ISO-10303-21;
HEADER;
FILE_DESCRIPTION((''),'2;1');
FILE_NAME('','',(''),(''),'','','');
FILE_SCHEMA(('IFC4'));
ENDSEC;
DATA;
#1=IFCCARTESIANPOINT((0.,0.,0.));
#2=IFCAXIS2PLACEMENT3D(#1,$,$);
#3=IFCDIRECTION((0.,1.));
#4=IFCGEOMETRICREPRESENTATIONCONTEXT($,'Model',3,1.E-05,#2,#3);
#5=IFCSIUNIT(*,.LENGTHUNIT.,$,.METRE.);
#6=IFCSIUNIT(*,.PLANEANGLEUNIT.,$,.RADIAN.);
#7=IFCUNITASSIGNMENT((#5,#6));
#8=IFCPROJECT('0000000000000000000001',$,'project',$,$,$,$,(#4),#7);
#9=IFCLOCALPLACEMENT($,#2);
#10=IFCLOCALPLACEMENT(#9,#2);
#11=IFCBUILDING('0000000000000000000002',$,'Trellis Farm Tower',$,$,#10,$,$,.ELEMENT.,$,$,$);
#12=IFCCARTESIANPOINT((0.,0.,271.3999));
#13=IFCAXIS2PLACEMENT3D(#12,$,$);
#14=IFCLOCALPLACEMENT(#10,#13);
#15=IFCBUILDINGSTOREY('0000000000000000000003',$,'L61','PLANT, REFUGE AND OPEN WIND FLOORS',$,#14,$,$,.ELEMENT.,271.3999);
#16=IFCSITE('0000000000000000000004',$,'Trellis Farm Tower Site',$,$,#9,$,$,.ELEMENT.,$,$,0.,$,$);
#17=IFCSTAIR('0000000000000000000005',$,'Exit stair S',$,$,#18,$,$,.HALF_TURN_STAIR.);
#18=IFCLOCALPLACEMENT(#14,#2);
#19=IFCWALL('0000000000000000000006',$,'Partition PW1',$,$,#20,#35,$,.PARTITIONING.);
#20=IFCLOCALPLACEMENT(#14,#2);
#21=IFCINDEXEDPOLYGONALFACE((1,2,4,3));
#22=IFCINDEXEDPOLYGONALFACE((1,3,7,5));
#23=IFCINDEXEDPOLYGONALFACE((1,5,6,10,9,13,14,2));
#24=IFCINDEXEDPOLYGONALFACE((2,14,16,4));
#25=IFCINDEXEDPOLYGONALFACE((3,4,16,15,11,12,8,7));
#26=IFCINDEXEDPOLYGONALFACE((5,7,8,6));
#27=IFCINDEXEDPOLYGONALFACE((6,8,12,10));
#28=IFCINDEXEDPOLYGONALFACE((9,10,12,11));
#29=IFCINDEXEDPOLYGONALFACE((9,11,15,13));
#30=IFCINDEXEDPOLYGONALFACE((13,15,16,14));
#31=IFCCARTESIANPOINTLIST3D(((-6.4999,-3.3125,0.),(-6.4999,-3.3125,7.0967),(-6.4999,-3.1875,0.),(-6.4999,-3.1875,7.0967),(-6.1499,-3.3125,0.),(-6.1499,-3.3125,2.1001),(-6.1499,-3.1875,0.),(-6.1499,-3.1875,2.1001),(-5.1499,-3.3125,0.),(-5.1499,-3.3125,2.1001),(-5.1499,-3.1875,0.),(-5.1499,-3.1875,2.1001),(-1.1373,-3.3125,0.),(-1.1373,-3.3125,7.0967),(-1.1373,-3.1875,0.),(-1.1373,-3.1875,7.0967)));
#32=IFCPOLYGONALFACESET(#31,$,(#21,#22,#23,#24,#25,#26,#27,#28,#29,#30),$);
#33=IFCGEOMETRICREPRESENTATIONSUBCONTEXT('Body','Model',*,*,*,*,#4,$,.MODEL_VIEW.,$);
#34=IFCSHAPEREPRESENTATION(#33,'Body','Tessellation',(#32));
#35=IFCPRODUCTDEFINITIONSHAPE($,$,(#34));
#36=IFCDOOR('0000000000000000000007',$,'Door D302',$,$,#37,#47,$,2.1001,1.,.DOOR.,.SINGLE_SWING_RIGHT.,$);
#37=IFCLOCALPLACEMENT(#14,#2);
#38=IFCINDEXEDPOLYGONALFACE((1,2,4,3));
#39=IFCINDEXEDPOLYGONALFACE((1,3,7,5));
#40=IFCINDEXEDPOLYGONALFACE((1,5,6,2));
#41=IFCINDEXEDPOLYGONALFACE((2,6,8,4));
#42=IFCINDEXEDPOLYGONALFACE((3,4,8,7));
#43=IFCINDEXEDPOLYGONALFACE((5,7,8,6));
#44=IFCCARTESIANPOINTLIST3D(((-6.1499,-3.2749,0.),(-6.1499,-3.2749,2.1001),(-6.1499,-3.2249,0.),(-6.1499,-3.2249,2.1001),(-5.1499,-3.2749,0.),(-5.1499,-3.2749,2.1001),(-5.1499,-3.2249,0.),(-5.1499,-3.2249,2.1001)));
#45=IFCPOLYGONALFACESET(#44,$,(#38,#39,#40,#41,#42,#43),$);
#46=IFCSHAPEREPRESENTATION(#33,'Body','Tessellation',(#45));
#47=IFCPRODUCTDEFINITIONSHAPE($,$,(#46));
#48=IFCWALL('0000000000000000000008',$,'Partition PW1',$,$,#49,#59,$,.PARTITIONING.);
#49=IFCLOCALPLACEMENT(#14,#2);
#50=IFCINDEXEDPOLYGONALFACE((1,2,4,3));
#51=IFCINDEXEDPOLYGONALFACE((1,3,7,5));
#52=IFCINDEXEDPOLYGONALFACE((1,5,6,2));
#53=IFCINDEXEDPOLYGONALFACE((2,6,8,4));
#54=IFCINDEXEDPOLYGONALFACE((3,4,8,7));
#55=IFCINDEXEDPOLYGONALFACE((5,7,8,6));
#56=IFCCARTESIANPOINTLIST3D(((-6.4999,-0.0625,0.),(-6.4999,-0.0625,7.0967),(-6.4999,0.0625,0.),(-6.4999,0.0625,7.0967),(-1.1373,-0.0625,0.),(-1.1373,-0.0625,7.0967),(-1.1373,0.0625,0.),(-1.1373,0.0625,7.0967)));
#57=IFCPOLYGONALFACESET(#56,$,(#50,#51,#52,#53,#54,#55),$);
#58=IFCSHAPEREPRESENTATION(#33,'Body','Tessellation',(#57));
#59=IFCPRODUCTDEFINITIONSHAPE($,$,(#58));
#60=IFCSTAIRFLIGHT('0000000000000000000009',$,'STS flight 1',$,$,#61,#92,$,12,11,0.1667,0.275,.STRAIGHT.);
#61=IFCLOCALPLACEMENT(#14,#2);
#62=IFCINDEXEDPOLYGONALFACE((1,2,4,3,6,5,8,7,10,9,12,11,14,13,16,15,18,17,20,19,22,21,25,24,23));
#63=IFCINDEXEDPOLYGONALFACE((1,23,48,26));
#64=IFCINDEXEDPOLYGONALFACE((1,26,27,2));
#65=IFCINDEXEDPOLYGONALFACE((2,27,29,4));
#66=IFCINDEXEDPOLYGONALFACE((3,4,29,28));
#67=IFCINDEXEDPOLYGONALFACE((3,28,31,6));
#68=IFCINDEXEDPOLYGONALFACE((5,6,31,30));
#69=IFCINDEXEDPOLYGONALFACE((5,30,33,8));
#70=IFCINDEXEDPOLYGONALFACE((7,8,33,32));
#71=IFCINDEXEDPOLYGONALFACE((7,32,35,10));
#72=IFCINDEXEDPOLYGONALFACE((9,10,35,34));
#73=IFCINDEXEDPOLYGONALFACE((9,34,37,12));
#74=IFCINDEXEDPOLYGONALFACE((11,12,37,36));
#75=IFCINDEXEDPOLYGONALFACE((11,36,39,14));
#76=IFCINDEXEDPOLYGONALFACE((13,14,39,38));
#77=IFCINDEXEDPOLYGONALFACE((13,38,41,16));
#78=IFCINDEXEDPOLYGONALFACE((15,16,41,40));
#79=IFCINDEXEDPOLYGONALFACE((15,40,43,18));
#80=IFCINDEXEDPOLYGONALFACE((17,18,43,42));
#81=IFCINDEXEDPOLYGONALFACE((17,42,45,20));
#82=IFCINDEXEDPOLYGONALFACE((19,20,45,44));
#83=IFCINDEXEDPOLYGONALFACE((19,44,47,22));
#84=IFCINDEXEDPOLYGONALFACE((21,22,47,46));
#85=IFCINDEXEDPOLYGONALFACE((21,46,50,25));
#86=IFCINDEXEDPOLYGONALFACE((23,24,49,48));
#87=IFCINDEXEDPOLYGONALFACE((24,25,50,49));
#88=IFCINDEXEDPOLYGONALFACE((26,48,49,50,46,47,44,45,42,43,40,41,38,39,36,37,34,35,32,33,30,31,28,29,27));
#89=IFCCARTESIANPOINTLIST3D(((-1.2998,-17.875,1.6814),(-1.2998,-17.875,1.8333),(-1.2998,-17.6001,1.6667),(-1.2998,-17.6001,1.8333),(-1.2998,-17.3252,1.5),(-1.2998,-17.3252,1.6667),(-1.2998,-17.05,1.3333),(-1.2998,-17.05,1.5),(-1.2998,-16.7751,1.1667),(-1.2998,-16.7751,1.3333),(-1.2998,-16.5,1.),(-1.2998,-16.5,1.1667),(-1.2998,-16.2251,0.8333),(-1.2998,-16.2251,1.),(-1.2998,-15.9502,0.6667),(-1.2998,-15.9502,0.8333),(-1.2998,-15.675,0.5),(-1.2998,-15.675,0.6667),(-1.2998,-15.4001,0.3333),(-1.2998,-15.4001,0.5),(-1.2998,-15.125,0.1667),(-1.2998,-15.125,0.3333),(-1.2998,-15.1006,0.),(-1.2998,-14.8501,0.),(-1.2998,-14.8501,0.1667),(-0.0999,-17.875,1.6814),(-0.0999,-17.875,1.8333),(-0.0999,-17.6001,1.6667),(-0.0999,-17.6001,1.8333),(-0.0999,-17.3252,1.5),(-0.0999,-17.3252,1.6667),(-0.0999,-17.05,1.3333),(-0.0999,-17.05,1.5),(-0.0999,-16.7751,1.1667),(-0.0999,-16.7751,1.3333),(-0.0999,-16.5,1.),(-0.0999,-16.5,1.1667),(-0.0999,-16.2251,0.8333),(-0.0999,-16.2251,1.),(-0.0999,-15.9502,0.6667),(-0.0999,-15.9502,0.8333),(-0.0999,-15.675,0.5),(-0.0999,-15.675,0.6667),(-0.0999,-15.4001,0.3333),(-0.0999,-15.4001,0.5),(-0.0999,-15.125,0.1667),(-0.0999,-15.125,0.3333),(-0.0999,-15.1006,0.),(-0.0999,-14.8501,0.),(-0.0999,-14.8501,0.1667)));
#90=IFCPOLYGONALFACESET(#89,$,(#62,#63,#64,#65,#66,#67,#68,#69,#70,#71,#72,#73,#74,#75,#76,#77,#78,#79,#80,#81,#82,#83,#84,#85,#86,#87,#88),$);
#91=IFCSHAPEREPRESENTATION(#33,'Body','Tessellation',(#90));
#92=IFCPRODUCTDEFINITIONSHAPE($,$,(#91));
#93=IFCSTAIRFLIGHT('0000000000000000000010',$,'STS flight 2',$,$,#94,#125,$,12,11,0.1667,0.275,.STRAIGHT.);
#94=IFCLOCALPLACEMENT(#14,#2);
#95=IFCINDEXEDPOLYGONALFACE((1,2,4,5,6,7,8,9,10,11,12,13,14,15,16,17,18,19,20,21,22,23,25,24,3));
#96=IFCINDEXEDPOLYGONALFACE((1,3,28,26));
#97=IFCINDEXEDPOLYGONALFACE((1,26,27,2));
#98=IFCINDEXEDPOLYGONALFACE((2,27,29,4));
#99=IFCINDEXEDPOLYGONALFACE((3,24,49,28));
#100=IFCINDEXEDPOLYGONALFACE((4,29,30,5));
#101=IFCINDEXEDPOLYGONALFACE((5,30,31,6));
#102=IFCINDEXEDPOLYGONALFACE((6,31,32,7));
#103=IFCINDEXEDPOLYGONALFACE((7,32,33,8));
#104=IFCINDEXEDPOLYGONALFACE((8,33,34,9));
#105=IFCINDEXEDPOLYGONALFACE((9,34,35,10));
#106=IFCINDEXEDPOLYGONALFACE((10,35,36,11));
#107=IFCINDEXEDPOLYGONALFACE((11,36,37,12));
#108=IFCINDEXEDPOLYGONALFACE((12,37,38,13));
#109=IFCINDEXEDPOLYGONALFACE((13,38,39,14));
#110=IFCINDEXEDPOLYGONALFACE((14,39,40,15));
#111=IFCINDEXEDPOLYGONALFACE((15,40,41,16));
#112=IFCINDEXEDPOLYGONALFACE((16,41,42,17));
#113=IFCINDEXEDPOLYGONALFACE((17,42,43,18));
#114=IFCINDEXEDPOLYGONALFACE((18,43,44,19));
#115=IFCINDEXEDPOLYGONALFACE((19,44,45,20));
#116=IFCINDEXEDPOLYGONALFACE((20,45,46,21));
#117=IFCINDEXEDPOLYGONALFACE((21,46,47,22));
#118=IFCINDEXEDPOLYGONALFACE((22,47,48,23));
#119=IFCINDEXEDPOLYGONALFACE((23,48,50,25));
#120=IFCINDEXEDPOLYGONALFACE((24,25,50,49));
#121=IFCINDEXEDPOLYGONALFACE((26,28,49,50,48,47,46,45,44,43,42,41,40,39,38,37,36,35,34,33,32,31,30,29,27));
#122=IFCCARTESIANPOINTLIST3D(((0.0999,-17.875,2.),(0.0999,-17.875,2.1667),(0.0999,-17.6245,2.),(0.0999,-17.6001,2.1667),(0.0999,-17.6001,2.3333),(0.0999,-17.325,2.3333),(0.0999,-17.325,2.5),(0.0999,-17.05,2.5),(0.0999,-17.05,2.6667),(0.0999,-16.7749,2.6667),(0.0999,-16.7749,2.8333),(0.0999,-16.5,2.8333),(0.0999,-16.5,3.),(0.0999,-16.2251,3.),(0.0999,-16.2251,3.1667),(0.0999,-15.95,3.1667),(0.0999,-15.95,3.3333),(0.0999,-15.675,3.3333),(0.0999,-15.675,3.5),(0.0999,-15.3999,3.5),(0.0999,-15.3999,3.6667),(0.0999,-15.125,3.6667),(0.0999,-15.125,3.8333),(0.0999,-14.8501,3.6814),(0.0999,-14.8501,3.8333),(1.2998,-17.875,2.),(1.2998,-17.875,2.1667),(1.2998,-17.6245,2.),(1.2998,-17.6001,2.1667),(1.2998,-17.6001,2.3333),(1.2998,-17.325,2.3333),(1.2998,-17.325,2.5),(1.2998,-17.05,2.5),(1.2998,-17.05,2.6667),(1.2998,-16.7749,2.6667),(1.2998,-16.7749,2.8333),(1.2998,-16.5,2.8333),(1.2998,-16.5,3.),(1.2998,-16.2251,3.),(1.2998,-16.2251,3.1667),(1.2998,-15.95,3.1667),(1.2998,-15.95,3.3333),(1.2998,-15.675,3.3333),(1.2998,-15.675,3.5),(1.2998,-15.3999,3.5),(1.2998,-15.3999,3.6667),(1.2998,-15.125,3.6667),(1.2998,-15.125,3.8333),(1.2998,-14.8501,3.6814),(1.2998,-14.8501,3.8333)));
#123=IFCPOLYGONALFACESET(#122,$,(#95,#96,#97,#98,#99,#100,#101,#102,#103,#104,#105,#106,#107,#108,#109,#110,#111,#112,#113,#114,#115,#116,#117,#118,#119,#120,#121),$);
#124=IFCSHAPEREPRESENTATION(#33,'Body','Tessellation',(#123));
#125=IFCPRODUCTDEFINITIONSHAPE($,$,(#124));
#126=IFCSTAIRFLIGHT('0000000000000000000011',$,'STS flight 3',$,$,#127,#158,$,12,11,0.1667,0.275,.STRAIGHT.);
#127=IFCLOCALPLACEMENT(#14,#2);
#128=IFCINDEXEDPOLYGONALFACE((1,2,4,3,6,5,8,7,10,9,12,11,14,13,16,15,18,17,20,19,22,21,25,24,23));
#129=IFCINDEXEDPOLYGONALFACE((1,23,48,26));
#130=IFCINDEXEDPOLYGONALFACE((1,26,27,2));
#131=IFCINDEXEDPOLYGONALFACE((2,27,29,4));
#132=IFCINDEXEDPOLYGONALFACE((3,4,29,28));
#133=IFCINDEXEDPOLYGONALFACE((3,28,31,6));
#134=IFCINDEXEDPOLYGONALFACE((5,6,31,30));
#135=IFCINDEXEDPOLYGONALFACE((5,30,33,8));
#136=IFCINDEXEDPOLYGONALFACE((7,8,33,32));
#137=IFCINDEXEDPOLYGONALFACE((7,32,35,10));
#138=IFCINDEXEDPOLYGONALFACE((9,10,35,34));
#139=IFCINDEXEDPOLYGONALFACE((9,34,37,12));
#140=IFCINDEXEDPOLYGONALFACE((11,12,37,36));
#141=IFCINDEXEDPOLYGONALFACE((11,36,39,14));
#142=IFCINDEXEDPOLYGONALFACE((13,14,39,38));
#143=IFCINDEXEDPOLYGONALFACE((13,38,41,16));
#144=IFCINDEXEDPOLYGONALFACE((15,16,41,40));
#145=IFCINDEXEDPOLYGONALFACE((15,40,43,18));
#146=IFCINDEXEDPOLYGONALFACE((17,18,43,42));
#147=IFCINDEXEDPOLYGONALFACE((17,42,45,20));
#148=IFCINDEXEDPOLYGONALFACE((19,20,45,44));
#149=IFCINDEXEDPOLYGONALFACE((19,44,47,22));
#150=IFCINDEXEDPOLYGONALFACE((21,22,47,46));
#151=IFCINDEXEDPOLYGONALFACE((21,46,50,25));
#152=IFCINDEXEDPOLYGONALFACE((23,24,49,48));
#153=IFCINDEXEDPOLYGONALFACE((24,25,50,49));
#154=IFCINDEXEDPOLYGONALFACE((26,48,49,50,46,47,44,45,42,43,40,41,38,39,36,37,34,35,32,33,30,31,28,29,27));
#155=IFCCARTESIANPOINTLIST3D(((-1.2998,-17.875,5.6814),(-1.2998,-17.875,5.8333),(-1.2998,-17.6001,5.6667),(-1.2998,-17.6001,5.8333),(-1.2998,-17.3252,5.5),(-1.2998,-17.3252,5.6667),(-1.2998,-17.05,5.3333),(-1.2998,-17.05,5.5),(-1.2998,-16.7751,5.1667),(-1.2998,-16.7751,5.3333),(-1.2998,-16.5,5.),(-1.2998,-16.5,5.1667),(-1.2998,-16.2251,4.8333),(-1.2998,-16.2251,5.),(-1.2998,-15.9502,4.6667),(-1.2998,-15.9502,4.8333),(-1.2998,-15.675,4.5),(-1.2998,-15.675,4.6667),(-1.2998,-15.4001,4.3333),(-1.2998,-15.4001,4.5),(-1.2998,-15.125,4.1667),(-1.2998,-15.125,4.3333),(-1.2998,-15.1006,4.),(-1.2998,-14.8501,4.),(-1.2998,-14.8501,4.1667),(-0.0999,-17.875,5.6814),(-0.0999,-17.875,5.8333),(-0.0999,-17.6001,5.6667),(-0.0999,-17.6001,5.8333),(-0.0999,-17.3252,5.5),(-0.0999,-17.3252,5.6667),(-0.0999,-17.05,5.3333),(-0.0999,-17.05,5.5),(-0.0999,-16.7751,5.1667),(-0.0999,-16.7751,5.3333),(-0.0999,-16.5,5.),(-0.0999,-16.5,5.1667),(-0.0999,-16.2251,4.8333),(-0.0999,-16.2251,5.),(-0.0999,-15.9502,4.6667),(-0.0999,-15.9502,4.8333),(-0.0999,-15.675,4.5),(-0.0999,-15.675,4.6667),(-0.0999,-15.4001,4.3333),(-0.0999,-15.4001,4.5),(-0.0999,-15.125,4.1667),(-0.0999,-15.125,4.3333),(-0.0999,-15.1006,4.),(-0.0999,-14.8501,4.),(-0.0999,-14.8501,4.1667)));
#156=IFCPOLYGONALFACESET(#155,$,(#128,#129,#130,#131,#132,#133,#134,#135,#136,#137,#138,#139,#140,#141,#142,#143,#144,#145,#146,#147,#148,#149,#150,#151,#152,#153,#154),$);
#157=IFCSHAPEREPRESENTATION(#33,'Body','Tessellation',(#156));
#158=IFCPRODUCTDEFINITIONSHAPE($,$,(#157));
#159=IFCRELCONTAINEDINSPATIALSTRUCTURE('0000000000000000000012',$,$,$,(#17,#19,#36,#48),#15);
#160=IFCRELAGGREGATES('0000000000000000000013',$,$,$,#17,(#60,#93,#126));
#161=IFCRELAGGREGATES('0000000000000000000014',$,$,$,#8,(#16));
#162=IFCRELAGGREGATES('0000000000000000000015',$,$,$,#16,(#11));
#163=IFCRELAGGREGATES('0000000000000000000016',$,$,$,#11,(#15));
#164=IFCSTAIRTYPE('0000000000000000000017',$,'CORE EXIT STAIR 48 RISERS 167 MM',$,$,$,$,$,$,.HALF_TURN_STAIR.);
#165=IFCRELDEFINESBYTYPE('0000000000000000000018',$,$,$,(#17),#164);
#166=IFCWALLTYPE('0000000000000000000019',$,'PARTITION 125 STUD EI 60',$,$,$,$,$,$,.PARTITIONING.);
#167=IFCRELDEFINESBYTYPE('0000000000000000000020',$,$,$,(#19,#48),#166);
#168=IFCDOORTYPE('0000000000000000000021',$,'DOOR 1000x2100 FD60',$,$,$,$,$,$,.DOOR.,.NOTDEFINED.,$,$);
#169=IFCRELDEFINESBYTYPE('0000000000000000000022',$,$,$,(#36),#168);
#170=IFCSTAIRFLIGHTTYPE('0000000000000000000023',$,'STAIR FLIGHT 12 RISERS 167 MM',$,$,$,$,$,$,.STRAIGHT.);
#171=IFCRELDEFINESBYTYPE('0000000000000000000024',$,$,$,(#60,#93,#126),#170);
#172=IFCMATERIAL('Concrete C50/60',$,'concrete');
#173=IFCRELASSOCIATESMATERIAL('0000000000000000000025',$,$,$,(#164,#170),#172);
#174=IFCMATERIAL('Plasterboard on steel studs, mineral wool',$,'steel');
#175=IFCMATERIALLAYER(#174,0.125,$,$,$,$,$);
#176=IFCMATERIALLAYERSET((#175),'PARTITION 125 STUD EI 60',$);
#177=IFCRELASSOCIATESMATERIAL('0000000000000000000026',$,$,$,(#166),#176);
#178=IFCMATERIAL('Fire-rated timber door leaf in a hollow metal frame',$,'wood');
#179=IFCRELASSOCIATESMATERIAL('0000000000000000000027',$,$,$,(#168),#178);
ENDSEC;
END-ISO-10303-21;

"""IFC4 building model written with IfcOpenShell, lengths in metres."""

from ifc_helpers import new_model, si_unit, direction, frame, frame_2d, origin, place, context, subcontext, project, spatial, polyline, rectangle, outline, extrude, source, transform, mapped, material, layer, layer_set, type_object, element, fill, aggregate, save


model = new_model("IFC4")

# Units and contexts
model_context = context("Model", 3, precision=1e-05, world=origin(), true_north=direction((0.0, 1.0)))
body_context = subcontext(model_context, "Body", "Model", "MODEL_VIEW")
ifc_project = project(units=[si_unit("LENGTHUNIT", "METRE"), si_unit("PLANEANGLEUNIT", "RADIAN")], contexts=[model_context])

# Site, building, storey
site_placement = place(None, origin())
site = spatial("IfcSite", under=ifc_project, at=site_placement, Name="Trellis Farm Tower Site", CompositionType="ELEMENT", RefElevation=0.0)
building_placement = place(site_placement, origin())
building = spatial("IfcBuilding", under=site, at=building_placement, Name="Trellis Farm Tower", CompositionType="ELEMENT")
storey_placement = place(building_placement, frame((0.0, 0.0, 271.3999)))
storey = spatial("IfcBuildingStorey", under=building, at=storey_placement, Name="L61", Description="PLANT, REFUGE AND OPEN WIND FLOORS", CompositionType="ELEMENT", Elevation=271.3999)

# Shared definitions
ifc_material_1 = material(Name="Concrete C50/60", Category="concrete")
stair_type = type_object("IfcStairType", Name="CORE EXIT STAIR 48 RISERS 167 MM", PredefinedType="HALF_TURN_STAIR", material=ifc_material_1)
placement_1 = place(storey_placement, origin())

# Stair
stair_1 = element("IfcStair", 1, at=placement_1, inside=storey, type_object=stair_type, Name="Exit stair S", PredefinedType="HALF_TURN_STAIR")

# Shared definitions
ifc_material_2 = material(Name="Plasterboard on steel studs, mineral wool", Category="steel")
ifc_layer_1 = layer(ifc_material_2, 0.125)
ifc_layer_set_1 = layer_set([ifc_layer_1], Name="PARTITION 125 STUD EI 60")
wall_type_1 = type_object("IfcWallType", Name="PARTITION 125 STUD EI 60", PredefinedType="PARTITIONING", material=ifc_layer_set_1)

# Wall, opening, door
shared_shape_1 = source(origin(), body_context, "Body", "SweptSolid", [
    extrude(rectangle(XDim=5.3625, YDim=0.125, at=frame_2d((2.6812, 0.0))), origin(), (0.0, 0.0, 1.0), 7.0967),
])
wall_1_placement = place(storey_placement, frame((-1.1375, -3.25, 0.0), z_axis=(0.0, 0.0, 1.0), x_axis=(-1.0, 0.0, 0.0)))
wall_1 = element("IfcWall", 2, at=wall_1_placement, inside=storey, type_object=wall_type_1, Name="Partition PW1", PredefinedType="PARTITIONING", context=body_context, shape_type="MappedRepresentation", body=[
    mapped(shared_shape_1, transform((0.0, 0.0, 0.0))),
])
shared_shape_2 = source(origin(), body_context, "Body", "SweptSolid", [
    extrude(rectangle(XDim=1.0, YDim=2.1001, at=frame_2d((0.5, 1.05))), frame((0.0, 0.0725, 0.0), z_axis=(0.0, -1.0, 0.0), x_axis=(1.0, 0.0, 0.0)), (0.0, 0.0, 1.0), 0.145),
])
opening_1_placement = place(wall_1_placement, frame((4.0125, 0.0, 0.0)))
opening_1 = element("IfcOpeningElement", 3, at=opening_1_placement, cuts=wall_1, PredefinedType="OPENING", context=body_context, shape_type="MappedRepresentation", body=[
    mapped(shared_shape_2, transform((0.0, 0.0, 0.0))),
])
ifc_material_3 = material(Name="Fire-rated timber door leaf in a hollow metal frame", Category="wood")
door_type_1 = type_object("IfcDoorType", Name="DOOR 1000x2100 FD60", OperationType="NOTDEFINED", PredefinedType="DOOR", material=ifc_material_3)
shared_shape_3 = source(origin(), body_context, "Body", "SweptSolid", [
    extrude(rectangle(XDim=1.0, YDim=2.1001, at=frame_2d((0.5, 1.05))), frame((0.0, 0.0249, 0.0), z_axis=(0.0, -1.0, 0.0), x_axis=(1.0, 0.0, 0.0)), (0.0, 0.0, 1.0), 0.05),
])
door_1_placement = place(opening_1_placement, origin())
door_1 = element("IfcDoor", 4, at=door_1_placement, inside=storey, type_object=door_type_1, Name="Door D302", OperationType="SINGLE_SWING_RIGHT", OverallHeight=2.1001, OverallWidth=1.0, PredefinedType="DOOR", context=body_context, shape_type="MappedRepresentation", body=[
    mapped(shared_shape_3, transform((0.0, 0.0, 0.0))),
])
fill(opening_1, door_1)

# Wall
wall_2_placement = place(storey_placement, frame((-1.1375, 0.0, 0.0), z_axis=(0.0, 0.0, 1.0), x_axis=(-1.0, 0.0, 0.0)))
element("IfcWall", 5, at=wall_2_placement, inside=storey, type_object=wall_type_1, Name="Partition PW1", PredefinedType="PARTITIONING", context=body_context, shape_type="MappedRepresentation", body=[
    mapped(shared_shape_1, transform((0.0, 0.0, 0.0))),
])

# Stair flights
stair_flight_type = type_object("IfcStairFlightType", Name="STAIR FLIGHT 12 RISERS 167 MM", PredefinedType="STRAIGHT", material=ifc_material_1)
shared_shape_4 = source(origin(), body_context, "Body", "SweptSolid", [
    extrude(outline(polyline([(0.0, 0.0), (0.0, 0.1667), (0.2749, 0.1667), (0.2749, 0.3333), (0.55, 0.3333), (0.55, 0.5), (0.825, 0.5), (0.825, 0.6667), (1.1001, 0.6667), (1.1001, 0.8333), (1.375, 0.8333), (1.375, 1.0), (1.6499, 1.0), (1.6499, 1.1667), (1.925, 1.1667), (1.925, 1.3333), (2.2, 1.3333), (2.2, 1.5), (2.4751, 1.5), (2.4751, 1.6667), (2.75, 1.6667), (2.75, 1.8333), (3.0249, 1.8333), (3.0249, 2.0), (3.0249, 1.6814), (0.2505, 0.0), (0.0, 0.0)])), frame((0.0, 0.6001, 0.0), z_axis=(0.0, -1.0, 0.0), x_axis=(1.0, 0.0, 0.0)), (0.0, 0.0, 1.0), 1.2),
])
stair_flight_1_placement = place(storey_placement, frame((-0.7, -14.8501, 0.0), z_axis=(0.0, 0.0, 1.0), x_axis=(0.0, -1.0, 0.0)))
stair_flight_1 = element("IfcStairFlight", 6, at=stair_flight_1_placement, type_object=stair_flight_type, Name="STS flight 1", NumberOfRisers=12, NumberOfTreads=11, PredefinedType="STRAIGHT", RiserHeight=0.1667, TreadLength=0.275, context=body_context, shape_type="MappedRepresentation", body=[
    mapped(shared_shape_4, transform((0.0, 0.0, 0.0))),
])
stair_flight_2_placement = place(storey_placement, frame((0.7, -17.875, 2.0), z_axis=(0.0, 0.0, 1.0), x_axis=(0.0, 1.0, 0.0)))
stair_flight_2 = element("IfcStairFlight", 7, at=stair_flight_2_placement, type_object=stair_flight_type, Name="STS flight 2", NumberOfRisers=12, NumberOfTreads=11, PredefinedType="STRAIGHT", RiserHeight=0.1667, TreadLength=0.275, context=body_context, shape_type="MappedRepresentation", body=[
    mapped(shared_shape_4, transform((0.0, 0.0, 0.0))),
])
stair_flight_3_placement = place(storey_placement, frame((-0.7, -14.8501, 4.0), z_axis=(0.0, 0.0, 1.0), x_axis=(0.0, -1.0, 0.0)))
stair_flight_3 = element("IfcStairFlight", 8, at=stair_flight_3_placement, type_object=stair_flight_type, Name="STS flight 3", NumberOfRisers=12, NumberOfTreads=11, PredefinedType="STRAIGHT", RiserHeight=0.1667, TreadLength=0.275, context=body_context, shape_type="MappedRepresentation", body=[
    mapped(shared_shape_4, transform((0.0, 0.0, 0.0))),
])
aggregate(stair_1, [stair_flight_1, stair_flight_2, stair_flight_3])

save(model, "model.ifc")
